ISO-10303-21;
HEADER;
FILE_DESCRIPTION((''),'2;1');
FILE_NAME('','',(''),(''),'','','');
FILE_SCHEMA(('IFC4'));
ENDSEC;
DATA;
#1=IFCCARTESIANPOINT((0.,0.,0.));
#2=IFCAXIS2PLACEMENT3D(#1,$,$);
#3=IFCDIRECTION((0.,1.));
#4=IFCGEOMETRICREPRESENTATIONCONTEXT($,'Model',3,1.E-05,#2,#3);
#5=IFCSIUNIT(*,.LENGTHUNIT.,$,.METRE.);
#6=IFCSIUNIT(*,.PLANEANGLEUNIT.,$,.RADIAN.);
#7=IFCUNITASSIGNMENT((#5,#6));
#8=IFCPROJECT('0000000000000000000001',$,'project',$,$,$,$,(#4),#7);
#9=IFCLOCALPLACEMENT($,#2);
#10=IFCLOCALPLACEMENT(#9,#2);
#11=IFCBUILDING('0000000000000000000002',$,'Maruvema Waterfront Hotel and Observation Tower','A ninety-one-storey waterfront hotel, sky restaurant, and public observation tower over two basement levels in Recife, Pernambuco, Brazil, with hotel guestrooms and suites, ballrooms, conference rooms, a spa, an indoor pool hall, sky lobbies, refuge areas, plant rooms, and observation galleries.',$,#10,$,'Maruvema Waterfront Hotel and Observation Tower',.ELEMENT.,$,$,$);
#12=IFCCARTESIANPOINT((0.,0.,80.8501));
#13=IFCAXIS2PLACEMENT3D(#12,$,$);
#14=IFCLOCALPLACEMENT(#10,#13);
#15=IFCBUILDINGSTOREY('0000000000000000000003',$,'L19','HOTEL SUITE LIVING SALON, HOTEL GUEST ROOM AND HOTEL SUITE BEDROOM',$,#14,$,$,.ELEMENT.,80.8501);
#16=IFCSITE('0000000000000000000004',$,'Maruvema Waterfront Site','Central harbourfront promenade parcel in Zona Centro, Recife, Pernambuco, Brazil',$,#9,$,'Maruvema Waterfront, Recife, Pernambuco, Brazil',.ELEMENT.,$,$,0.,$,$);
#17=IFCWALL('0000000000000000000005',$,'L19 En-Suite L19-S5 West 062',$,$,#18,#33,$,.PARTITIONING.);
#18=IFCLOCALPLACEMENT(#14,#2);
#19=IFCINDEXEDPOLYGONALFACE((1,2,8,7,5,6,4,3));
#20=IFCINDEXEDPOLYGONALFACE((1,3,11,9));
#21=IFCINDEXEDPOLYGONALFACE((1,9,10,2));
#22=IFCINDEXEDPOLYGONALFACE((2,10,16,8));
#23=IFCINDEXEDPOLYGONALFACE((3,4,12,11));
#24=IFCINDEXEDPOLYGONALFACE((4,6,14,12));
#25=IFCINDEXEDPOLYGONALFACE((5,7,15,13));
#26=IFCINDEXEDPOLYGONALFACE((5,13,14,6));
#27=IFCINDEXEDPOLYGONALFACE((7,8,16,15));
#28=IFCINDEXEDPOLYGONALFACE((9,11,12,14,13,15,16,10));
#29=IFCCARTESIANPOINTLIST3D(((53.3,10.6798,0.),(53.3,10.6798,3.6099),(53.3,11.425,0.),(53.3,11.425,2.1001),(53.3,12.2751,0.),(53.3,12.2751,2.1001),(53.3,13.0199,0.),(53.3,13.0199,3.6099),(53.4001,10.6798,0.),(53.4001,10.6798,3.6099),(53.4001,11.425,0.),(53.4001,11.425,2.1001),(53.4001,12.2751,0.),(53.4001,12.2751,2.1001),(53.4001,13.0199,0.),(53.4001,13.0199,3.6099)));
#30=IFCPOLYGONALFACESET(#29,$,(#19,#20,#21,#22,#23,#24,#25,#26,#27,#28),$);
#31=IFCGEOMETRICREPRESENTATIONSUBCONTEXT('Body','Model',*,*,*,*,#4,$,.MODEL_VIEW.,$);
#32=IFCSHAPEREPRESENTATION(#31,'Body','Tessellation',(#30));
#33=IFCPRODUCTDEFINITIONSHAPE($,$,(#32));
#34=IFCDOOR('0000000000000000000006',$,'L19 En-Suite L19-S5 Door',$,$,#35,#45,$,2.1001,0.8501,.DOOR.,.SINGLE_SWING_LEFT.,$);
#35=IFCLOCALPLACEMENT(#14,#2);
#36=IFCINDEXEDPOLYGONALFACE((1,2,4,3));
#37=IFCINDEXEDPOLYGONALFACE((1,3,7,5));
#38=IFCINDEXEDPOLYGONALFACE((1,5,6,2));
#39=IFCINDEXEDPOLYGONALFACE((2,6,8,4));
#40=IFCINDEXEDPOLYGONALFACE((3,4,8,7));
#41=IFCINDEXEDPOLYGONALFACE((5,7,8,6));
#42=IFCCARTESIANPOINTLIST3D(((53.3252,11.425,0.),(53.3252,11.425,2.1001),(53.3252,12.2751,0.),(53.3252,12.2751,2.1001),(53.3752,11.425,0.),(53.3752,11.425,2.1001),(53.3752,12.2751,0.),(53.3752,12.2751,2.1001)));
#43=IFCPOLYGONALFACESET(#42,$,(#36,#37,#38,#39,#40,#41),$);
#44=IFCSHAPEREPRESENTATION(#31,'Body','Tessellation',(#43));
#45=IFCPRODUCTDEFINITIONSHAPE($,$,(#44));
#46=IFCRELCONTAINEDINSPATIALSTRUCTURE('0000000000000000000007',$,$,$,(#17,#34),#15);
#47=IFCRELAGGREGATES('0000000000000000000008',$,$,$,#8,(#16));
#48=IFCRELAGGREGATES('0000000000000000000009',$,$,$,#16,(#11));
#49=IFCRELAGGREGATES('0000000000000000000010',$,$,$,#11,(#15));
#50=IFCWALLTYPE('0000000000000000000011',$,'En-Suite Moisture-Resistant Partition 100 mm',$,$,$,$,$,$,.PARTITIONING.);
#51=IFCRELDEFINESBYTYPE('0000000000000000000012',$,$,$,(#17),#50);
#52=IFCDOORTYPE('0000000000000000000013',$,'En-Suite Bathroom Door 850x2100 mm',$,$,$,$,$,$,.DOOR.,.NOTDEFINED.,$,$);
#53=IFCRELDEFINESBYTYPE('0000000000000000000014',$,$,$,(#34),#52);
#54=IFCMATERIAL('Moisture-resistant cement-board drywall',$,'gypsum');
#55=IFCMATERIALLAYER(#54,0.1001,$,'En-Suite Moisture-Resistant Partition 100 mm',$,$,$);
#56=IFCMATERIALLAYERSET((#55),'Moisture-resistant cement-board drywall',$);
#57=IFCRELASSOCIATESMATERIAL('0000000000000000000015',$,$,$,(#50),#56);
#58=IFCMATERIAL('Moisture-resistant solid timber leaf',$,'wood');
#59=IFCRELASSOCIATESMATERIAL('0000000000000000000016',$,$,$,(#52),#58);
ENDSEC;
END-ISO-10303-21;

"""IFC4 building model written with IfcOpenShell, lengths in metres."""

from ifc_helpers import new_model, si_unit, direction, frame, frame_2d, origin, place, context, subcontext, project, spatial, rectangle, extrude, material, layer, layer_set, type_object, element, fill, save


model = new_model("IFC4")

# Units and contexts
model_context = context("Model", 3, precision=1e-05, world=origin(), true_north=direction((0.0, 1.0)))
body_context = subcontext(model_context, "Body", "Model", "MODEL_VIEW")
ifc_project = project(units=[si_unit("LENGTHUNIT", "METRE"), si_unit("PLANEANGLEUNIT", "RADIAN")], contexts=[model_context])

# Site, building, storey
site_placement = place(None, origin())
site = spatial("IfcSite", under=ifc_project, at=site_placement, Name="Maruvema Waterfront Site", Description="Central harbourfront promenade parcel in Zona Centro, Recife, Pernambuco, Brazil", LongName="Maruvema Waterfront, Recife, Pernambuco, Brazil", CompositionType="ELEMENT", RefElevation=0.0)
building_placement = place(site_placement, origin())
building = spatial("IfcBuilding", under=site, at=building_placement, Name="Maruvema Waterfront Hotel and Observation Tower", Description="A ninety-one-storey waterfront hotel, sky restaurant, and public observation tower over two basement levels in Recife, Pernambuco, Brazil, with hotel guestrooms and suites, ballrooms, conference rooms, a spa, an indoor pool hall, sky lobbies, refuge areas, plant rooms, and observation galleries.", LongName="Maruvema Waterfront Hotel and Observation Tower", CompositionType="ELEMENT")
storey_placement = place(building_placement, frame((0.0, 0.0, 80.8501)))
storey = spatial("IfcBuildingStorey", under=building, at=storey_placement, Name="L19", Description="HOTEL SUITE LIVING SALON, HOTEL GUEST ROOM AND HOTEL SUITE BEDROOM", CompositionType="ELEMENT", Elevation=80.8501)

# Shared definitions
ifc_material_1 = material(Name="Moisture-resistant cement-board drywall", Category="gypsum")
ifc_layer_1 = layer(ifc_material_1, 0.1001, Name="En-Suite Moisture-Resistant Partition 100 mm")
ifc_layer_set_1 = layer_set([ifc_layer_1], Name="Moisture-resistant cement-board drywall")
wall_type_1 = type_object("IfcWallType", Name="En-Suite Moisture-Resistant Partition 100 mm", PredefinedType="PARTITIONING", material=ifc_layer_set_1)
ifc_material_2 = material(Name="Moisture-resistant solid timber leaf", Category="wood")
door_type_1 = type_object("IfcDoorType", Name="En-Suite Bathroom Door 850x2100 mm", OperationType="NOTDEFINED", PredefinedType="DOOR", material=ifc_material_2)

# Wall, opening, door
wall_1_placement = place(storey_placement, frame((53.3501, 10.6799, 0.0), z_axis=(0.0, 0.0, 1.0), x_axis=(0.0, 1.0, 0.0)))
wall_1 = element("IfcWall", 1, at=wall_1_placement, inside=storey, type_object=wall_type_1, Name="L19 En-Suite L19-S5 West 062", PredefinedType="PARTITIONING", context=body_context, shape_type="SweptSolid", body=[
    extrude(rectangle(XDim=2.3401, YDim=0.1001, at=frame_2d((1.1699, 0.0))), origin(), (0.0, 0.0, 1.0), 3.6099),
])
opening_1_placement = place(wall_1_placement, frame((0.7451, 0.0, 0.0)))
opening_1 = element("IfcOpeningElement", 2, at=opening_1_placement, cuts=wall_1, PredefinedType="OPENING", context=body_context, shape_type="SweptSolid", body=[
    extrude(rectangle(XDim=0.8501, YDim=2.1001, at=frame_2d((0.425, 1.05))), frame((0.0, 0.0601, 0.0), z_axis=(0.0, -1.0, 0.0), x_axis=(1.0, 0.0, 0.0)), (0.0, 0.0, 1.0), 0.1201),
])
door_1_placement = place(opening_1_placement, origin())
door_1 = element("IfcDoor", 3, at=door_1_placement, inside=storey, type_object=door_type_1, Name="L19 En-Suite L19-S5 Door", OperationType="SINGLE_SWING_LEFT", OverallHeight=2.1001, OverallWidth=0.8501, PredefinedType="DOOR", context=body_context, shape_type="SweptSolid", body=[
    extrude(rectangle(XDim=0.8501, YDim=2.1001, at=frame_2d((0.425, 1.05))), frame((0.0, 0.0249, 0.0), z_axis=(0.0, -1.0, 0.0), x_axis=(1.0, 0.0, 0.0)), (0.0, 0.0, 1.0), 0.05),
])
fill(opening_1, door_1)

save(model, "model.ifc")
